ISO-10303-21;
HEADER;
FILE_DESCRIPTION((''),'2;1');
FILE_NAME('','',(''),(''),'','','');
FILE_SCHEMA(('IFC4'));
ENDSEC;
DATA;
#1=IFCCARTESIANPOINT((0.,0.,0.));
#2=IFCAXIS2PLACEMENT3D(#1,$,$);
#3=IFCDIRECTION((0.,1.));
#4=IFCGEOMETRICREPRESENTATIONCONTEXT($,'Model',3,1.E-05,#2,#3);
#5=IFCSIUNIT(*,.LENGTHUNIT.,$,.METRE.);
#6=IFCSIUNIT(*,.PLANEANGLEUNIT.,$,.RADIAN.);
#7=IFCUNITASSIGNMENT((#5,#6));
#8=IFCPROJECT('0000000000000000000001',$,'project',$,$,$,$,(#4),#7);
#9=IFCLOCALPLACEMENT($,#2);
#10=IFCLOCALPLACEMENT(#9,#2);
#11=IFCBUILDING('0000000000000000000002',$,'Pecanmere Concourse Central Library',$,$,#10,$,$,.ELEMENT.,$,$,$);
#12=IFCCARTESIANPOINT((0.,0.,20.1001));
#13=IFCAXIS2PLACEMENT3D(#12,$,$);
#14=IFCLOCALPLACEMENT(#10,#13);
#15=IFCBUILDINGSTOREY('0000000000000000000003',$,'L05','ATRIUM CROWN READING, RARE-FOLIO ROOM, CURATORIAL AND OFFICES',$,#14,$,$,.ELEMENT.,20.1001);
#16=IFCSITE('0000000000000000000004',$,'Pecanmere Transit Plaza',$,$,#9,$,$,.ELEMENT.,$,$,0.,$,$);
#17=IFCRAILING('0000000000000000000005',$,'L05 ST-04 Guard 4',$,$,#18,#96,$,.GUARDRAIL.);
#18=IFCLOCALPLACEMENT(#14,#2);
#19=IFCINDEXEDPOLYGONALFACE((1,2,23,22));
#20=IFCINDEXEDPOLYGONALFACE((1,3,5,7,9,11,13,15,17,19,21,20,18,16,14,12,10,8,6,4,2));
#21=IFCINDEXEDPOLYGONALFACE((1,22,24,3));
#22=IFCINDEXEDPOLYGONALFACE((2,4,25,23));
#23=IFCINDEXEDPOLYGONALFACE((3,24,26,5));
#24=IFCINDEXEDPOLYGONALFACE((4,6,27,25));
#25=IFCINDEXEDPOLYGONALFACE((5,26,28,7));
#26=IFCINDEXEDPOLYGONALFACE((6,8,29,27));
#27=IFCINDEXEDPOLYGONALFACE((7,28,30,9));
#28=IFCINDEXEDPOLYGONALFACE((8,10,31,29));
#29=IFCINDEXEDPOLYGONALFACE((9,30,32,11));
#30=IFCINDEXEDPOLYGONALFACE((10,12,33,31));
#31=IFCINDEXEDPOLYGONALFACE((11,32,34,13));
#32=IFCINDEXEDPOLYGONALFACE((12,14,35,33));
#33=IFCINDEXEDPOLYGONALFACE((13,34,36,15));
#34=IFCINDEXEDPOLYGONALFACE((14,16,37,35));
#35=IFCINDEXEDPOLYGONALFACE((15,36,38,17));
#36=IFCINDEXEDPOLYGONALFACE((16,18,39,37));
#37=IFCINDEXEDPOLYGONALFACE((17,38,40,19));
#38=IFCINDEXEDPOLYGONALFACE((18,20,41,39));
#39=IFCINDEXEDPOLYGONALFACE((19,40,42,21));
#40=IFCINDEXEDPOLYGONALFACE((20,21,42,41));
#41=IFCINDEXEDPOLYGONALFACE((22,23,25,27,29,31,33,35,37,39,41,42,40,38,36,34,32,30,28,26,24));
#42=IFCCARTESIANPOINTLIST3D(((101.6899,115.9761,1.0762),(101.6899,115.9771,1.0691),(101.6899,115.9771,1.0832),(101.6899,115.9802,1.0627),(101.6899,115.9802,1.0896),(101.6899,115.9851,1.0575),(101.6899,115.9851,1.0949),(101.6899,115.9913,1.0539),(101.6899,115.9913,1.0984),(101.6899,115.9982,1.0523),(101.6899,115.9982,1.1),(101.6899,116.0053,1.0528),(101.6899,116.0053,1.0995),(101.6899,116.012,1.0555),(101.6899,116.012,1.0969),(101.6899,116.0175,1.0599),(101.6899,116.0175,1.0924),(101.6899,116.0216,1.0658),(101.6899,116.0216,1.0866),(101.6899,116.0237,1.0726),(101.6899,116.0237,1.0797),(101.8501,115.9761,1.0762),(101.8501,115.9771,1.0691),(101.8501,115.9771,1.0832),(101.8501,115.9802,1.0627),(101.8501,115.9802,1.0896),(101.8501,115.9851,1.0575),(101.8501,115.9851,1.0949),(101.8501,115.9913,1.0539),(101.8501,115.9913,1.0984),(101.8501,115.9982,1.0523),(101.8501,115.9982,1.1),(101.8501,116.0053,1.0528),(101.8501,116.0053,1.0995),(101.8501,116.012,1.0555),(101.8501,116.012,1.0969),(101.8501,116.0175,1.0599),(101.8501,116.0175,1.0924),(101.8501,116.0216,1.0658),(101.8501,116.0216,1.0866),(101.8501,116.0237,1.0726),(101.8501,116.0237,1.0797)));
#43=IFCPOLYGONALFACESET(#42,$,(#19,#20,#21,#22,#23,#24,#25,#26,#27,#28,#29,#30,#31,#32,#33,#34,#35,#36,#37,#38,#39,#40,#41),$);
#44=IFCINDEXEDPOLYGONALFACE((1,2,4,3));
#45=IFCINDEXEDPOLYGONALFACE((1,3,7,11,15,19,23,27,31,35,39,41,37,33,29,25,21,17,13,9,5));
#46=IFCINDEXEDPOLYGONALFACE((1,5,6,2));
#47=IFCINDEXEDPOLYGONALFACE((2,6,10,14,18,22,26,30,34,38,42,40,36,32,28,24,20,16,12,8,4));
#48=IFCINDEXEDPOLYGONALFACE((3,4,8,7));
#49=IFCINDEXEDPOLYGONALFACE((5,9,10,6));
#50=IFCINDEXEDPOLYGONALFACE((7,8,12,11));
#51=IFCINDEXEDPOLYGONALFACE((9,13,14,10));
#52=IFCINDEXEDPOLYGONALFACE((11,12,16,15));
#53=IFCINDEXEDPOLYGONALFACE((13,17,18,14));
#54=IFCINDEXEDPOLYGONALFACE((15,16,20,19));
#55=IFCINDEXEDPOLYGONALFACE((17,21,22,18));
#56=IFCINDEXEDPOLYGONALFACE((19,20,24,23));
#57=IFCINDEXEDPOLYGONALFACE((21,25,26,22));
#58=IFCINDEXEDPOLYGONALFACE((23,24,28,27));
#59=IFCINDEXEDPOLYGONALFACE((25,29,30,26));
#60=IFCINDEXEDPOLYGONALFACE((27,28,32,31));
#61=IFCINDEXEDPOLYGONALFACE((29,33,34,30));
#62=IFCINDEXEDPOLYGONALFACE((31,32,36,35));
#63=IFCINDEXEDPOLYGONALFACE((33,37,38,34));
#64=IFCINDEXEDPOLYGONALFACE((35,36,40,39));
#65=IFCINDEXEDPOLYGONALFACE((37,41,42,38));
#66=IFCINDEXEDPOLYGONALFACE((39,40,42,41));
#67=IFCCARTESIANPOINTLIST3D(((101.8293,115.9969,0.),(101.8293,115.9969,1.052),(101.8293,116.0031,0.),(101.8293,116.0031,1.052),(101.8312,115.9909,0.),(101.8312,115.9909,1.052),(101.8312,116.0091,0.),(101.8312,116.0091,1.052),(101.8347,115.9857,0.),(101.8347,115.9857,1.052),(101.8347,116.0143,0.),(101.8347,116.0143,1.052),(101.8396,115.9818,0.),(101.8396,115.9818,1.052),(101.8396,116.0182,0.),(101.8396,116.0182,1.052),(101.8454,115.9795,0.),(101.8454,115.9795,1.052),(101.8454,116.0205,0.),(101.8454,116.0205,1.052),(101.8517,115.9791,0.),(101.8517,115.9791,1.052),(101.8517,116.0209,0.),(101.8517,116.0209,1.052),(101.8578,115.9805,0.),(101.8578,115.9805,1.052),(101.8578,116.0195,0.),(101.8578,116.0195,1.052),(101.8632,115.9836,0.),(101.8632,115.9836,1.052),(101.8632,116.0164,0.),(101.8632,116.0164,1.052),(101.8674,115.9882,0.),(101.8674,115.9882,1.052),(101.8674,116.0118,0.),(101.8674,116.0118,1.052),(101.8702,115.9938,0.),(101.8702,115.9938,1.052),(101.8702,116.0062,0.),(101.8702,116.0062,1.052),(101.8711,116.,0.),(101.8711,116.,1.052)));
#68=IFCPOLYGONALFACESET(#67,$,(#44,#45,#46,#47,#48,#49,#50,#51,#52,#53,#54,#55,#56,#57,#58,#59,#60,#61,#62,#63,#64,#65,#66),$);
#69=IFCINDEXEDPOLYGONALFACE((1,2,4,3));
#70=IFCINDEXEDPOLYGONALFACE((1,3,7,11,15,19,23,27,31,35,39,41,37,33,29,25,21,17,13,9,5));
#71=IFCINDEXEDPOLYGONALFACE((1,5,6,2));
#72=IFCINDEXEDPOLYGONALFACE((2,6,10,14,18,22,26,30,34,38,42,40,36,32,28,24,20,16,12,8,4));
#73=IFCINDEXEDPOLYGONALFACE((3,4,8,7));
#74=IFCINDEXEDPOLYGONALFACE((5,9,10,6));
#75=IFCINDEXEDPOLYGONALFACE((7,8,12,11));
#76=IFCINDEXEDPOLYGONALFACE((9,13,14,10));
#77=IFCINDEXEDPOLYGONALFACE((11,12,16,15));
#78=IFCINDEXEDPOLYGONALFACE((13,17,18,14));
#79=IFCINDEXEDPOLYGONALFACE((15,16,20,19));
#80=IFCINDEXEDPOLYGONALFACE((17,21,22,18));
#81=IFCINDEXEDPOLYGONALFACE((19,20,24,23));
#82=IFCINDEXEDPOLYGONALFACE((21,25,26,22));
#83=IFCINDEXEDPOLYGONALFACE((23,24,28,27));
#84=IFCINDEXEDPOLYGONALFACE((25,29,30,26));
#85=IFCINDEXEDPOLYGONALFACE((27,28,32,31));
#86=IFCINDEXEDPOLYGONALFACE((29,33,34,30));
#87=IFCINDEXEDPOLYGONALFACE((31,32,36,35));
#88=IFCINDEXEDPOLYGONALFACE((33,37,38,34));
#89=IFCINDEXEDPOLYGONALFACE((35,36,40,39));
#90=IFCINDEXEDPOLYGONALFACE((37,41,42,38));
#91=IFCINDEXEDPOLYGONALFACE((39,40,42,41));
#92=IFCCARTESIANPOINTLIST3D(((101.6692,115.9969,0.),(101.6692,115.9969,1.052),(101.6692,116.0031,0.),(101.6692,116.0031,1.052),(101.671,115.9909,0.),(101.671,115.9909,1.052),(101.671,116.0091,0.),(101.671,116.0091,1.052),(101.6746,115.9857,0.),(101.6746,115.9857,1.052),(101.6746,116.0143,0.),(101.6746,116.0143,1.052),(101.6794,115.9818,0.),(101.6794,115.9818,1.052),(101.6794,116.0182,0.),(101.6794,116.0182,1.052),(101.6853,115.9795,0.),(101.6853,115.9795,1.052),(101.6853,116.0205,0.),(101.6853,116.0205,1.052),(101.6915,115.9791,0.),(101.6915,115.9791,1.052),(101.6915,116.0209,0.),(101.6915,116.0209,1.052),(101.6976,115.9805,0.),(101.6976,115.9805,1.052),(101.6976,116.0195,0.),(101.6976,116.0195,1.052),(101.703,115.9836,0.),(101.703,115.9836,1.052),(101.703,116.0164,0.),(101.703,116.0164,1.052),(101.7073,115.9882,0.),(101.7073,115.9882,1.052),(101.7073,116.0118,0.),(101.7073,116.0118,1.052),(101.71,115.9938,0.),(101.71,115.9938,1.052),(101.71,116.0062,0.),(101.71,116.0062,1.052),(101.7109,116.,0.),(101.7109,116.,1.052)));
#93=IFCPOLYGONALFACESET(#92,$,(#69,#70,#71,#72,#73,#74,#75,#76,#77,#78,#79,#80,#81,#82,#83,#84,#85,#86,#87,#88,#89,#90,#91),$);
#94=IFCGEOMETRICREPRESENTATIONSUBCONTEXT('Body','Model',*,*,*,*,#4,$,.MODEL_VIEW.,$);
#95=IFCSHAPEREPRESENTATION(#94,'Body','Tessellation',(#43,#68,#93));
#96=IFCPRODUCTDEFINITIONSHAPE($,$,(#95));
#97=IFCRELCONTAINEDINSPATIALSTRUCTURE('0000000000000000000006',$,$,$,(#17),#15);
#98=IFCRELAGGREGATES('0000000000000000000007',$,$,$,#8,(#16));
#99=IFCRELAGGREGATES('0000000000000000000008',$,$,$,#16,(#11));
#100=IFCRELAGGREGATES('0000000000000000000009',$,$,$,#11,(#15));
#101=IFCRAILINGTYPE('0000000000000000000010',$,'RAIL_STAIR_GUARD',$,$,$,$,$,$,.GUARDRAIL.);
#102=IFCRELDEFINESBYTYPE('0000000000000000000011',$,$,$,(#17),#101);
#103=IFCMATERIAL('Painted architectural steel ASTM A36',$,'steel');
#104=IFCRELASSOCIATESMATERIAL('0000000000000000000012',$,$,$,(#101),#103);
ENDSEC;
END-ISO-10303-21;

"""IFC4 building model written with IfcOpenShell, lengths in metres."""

from ifc_helpers import new_model, si_unit, direction, frame, origin, origin_2d, place, context, subcontext, project, spatial, circle, extrude, material, type_object, element, save


model = new_model("IFC4")

# Units and contexts
model_context = context("Model", 3, precision=1e-05, world=origin(), true_north=direction((0.0, 1.0)))
body_context = subcontext(model_context, "Body", "Model", "MODEL_VIEW")
ifc_project = project(units=[si_unit("LENGTHUNIT", "METRE"), si_unit("PLANEANGLEUNIT", "RADIAN")], contexts=[model_context])

# Site, building, storey
site_placement = place(None, origin())
site = spatial("IfcSite", under=ifc_project, at=site_placement, Name="Pecanmere Transit Plaza", CompositionType="ELEMENT", RefElevation=0.0)
building_placement = place(site_placement, origin())
building = spatial("IfcBuilding", under=site, at=building_placement, Name="Pecanmere Concourse Central Library", CompositionType="ELEMENT")
storey_placement = place(building_placement, frame((0.0, 0.0, 20.1001)))
storey = spatial("IfcBuildingStorey", under=building, at=storey_placement, Name="L05", Description="ATRIUM CROWN READING, RARE-FOLIO ROOM, CURATORIAL AND OFFICES", CompositionType="ELEMENT", Elevation=20.1001)

# Railing
ifc_material_1 = material(Name="Painted architectural steel ASTM A36", Category="steel")
railing_type_1 = type_object("IfcRailingType", Name="RAIL_STAIR_GUARD", PredefinedType="GUARDRAIL", material=ifc_material_1)
railing_1_placement = place(storey_placement, frame((101.8501, 116.0, 0.0)))
element("IfcRailing", 1, at=railing_1_placement, inside=storey, type_object=railing_type_1, Name="L05 ST-04 Guard 4", PredefinedType="GUARDRAIL", context=body_context, shape_type="SweptSolid", body=[
    extrude(circle(Radius=0.0239, at=origin_2d()), frame((0.0, 0.0, 1.0762), z_axis=(-1.0, 0.0, 0.0), x_axis=(0.0, -1.0, 0.0)), (0.0, 0.0, 1.0), 0.1602),
    extrude(circle(Radius=0.021, at=origin_2d()), origin(), (0.0, 0.0, 1.0), 1.052),
    extrude(circle(Radius=0.021, at=origin_2d()), frame((-0.1602, 0.0, 0.0)), (0.0, 0.0, 1.0), 1.052),
])

save(model, "model.ifc")
